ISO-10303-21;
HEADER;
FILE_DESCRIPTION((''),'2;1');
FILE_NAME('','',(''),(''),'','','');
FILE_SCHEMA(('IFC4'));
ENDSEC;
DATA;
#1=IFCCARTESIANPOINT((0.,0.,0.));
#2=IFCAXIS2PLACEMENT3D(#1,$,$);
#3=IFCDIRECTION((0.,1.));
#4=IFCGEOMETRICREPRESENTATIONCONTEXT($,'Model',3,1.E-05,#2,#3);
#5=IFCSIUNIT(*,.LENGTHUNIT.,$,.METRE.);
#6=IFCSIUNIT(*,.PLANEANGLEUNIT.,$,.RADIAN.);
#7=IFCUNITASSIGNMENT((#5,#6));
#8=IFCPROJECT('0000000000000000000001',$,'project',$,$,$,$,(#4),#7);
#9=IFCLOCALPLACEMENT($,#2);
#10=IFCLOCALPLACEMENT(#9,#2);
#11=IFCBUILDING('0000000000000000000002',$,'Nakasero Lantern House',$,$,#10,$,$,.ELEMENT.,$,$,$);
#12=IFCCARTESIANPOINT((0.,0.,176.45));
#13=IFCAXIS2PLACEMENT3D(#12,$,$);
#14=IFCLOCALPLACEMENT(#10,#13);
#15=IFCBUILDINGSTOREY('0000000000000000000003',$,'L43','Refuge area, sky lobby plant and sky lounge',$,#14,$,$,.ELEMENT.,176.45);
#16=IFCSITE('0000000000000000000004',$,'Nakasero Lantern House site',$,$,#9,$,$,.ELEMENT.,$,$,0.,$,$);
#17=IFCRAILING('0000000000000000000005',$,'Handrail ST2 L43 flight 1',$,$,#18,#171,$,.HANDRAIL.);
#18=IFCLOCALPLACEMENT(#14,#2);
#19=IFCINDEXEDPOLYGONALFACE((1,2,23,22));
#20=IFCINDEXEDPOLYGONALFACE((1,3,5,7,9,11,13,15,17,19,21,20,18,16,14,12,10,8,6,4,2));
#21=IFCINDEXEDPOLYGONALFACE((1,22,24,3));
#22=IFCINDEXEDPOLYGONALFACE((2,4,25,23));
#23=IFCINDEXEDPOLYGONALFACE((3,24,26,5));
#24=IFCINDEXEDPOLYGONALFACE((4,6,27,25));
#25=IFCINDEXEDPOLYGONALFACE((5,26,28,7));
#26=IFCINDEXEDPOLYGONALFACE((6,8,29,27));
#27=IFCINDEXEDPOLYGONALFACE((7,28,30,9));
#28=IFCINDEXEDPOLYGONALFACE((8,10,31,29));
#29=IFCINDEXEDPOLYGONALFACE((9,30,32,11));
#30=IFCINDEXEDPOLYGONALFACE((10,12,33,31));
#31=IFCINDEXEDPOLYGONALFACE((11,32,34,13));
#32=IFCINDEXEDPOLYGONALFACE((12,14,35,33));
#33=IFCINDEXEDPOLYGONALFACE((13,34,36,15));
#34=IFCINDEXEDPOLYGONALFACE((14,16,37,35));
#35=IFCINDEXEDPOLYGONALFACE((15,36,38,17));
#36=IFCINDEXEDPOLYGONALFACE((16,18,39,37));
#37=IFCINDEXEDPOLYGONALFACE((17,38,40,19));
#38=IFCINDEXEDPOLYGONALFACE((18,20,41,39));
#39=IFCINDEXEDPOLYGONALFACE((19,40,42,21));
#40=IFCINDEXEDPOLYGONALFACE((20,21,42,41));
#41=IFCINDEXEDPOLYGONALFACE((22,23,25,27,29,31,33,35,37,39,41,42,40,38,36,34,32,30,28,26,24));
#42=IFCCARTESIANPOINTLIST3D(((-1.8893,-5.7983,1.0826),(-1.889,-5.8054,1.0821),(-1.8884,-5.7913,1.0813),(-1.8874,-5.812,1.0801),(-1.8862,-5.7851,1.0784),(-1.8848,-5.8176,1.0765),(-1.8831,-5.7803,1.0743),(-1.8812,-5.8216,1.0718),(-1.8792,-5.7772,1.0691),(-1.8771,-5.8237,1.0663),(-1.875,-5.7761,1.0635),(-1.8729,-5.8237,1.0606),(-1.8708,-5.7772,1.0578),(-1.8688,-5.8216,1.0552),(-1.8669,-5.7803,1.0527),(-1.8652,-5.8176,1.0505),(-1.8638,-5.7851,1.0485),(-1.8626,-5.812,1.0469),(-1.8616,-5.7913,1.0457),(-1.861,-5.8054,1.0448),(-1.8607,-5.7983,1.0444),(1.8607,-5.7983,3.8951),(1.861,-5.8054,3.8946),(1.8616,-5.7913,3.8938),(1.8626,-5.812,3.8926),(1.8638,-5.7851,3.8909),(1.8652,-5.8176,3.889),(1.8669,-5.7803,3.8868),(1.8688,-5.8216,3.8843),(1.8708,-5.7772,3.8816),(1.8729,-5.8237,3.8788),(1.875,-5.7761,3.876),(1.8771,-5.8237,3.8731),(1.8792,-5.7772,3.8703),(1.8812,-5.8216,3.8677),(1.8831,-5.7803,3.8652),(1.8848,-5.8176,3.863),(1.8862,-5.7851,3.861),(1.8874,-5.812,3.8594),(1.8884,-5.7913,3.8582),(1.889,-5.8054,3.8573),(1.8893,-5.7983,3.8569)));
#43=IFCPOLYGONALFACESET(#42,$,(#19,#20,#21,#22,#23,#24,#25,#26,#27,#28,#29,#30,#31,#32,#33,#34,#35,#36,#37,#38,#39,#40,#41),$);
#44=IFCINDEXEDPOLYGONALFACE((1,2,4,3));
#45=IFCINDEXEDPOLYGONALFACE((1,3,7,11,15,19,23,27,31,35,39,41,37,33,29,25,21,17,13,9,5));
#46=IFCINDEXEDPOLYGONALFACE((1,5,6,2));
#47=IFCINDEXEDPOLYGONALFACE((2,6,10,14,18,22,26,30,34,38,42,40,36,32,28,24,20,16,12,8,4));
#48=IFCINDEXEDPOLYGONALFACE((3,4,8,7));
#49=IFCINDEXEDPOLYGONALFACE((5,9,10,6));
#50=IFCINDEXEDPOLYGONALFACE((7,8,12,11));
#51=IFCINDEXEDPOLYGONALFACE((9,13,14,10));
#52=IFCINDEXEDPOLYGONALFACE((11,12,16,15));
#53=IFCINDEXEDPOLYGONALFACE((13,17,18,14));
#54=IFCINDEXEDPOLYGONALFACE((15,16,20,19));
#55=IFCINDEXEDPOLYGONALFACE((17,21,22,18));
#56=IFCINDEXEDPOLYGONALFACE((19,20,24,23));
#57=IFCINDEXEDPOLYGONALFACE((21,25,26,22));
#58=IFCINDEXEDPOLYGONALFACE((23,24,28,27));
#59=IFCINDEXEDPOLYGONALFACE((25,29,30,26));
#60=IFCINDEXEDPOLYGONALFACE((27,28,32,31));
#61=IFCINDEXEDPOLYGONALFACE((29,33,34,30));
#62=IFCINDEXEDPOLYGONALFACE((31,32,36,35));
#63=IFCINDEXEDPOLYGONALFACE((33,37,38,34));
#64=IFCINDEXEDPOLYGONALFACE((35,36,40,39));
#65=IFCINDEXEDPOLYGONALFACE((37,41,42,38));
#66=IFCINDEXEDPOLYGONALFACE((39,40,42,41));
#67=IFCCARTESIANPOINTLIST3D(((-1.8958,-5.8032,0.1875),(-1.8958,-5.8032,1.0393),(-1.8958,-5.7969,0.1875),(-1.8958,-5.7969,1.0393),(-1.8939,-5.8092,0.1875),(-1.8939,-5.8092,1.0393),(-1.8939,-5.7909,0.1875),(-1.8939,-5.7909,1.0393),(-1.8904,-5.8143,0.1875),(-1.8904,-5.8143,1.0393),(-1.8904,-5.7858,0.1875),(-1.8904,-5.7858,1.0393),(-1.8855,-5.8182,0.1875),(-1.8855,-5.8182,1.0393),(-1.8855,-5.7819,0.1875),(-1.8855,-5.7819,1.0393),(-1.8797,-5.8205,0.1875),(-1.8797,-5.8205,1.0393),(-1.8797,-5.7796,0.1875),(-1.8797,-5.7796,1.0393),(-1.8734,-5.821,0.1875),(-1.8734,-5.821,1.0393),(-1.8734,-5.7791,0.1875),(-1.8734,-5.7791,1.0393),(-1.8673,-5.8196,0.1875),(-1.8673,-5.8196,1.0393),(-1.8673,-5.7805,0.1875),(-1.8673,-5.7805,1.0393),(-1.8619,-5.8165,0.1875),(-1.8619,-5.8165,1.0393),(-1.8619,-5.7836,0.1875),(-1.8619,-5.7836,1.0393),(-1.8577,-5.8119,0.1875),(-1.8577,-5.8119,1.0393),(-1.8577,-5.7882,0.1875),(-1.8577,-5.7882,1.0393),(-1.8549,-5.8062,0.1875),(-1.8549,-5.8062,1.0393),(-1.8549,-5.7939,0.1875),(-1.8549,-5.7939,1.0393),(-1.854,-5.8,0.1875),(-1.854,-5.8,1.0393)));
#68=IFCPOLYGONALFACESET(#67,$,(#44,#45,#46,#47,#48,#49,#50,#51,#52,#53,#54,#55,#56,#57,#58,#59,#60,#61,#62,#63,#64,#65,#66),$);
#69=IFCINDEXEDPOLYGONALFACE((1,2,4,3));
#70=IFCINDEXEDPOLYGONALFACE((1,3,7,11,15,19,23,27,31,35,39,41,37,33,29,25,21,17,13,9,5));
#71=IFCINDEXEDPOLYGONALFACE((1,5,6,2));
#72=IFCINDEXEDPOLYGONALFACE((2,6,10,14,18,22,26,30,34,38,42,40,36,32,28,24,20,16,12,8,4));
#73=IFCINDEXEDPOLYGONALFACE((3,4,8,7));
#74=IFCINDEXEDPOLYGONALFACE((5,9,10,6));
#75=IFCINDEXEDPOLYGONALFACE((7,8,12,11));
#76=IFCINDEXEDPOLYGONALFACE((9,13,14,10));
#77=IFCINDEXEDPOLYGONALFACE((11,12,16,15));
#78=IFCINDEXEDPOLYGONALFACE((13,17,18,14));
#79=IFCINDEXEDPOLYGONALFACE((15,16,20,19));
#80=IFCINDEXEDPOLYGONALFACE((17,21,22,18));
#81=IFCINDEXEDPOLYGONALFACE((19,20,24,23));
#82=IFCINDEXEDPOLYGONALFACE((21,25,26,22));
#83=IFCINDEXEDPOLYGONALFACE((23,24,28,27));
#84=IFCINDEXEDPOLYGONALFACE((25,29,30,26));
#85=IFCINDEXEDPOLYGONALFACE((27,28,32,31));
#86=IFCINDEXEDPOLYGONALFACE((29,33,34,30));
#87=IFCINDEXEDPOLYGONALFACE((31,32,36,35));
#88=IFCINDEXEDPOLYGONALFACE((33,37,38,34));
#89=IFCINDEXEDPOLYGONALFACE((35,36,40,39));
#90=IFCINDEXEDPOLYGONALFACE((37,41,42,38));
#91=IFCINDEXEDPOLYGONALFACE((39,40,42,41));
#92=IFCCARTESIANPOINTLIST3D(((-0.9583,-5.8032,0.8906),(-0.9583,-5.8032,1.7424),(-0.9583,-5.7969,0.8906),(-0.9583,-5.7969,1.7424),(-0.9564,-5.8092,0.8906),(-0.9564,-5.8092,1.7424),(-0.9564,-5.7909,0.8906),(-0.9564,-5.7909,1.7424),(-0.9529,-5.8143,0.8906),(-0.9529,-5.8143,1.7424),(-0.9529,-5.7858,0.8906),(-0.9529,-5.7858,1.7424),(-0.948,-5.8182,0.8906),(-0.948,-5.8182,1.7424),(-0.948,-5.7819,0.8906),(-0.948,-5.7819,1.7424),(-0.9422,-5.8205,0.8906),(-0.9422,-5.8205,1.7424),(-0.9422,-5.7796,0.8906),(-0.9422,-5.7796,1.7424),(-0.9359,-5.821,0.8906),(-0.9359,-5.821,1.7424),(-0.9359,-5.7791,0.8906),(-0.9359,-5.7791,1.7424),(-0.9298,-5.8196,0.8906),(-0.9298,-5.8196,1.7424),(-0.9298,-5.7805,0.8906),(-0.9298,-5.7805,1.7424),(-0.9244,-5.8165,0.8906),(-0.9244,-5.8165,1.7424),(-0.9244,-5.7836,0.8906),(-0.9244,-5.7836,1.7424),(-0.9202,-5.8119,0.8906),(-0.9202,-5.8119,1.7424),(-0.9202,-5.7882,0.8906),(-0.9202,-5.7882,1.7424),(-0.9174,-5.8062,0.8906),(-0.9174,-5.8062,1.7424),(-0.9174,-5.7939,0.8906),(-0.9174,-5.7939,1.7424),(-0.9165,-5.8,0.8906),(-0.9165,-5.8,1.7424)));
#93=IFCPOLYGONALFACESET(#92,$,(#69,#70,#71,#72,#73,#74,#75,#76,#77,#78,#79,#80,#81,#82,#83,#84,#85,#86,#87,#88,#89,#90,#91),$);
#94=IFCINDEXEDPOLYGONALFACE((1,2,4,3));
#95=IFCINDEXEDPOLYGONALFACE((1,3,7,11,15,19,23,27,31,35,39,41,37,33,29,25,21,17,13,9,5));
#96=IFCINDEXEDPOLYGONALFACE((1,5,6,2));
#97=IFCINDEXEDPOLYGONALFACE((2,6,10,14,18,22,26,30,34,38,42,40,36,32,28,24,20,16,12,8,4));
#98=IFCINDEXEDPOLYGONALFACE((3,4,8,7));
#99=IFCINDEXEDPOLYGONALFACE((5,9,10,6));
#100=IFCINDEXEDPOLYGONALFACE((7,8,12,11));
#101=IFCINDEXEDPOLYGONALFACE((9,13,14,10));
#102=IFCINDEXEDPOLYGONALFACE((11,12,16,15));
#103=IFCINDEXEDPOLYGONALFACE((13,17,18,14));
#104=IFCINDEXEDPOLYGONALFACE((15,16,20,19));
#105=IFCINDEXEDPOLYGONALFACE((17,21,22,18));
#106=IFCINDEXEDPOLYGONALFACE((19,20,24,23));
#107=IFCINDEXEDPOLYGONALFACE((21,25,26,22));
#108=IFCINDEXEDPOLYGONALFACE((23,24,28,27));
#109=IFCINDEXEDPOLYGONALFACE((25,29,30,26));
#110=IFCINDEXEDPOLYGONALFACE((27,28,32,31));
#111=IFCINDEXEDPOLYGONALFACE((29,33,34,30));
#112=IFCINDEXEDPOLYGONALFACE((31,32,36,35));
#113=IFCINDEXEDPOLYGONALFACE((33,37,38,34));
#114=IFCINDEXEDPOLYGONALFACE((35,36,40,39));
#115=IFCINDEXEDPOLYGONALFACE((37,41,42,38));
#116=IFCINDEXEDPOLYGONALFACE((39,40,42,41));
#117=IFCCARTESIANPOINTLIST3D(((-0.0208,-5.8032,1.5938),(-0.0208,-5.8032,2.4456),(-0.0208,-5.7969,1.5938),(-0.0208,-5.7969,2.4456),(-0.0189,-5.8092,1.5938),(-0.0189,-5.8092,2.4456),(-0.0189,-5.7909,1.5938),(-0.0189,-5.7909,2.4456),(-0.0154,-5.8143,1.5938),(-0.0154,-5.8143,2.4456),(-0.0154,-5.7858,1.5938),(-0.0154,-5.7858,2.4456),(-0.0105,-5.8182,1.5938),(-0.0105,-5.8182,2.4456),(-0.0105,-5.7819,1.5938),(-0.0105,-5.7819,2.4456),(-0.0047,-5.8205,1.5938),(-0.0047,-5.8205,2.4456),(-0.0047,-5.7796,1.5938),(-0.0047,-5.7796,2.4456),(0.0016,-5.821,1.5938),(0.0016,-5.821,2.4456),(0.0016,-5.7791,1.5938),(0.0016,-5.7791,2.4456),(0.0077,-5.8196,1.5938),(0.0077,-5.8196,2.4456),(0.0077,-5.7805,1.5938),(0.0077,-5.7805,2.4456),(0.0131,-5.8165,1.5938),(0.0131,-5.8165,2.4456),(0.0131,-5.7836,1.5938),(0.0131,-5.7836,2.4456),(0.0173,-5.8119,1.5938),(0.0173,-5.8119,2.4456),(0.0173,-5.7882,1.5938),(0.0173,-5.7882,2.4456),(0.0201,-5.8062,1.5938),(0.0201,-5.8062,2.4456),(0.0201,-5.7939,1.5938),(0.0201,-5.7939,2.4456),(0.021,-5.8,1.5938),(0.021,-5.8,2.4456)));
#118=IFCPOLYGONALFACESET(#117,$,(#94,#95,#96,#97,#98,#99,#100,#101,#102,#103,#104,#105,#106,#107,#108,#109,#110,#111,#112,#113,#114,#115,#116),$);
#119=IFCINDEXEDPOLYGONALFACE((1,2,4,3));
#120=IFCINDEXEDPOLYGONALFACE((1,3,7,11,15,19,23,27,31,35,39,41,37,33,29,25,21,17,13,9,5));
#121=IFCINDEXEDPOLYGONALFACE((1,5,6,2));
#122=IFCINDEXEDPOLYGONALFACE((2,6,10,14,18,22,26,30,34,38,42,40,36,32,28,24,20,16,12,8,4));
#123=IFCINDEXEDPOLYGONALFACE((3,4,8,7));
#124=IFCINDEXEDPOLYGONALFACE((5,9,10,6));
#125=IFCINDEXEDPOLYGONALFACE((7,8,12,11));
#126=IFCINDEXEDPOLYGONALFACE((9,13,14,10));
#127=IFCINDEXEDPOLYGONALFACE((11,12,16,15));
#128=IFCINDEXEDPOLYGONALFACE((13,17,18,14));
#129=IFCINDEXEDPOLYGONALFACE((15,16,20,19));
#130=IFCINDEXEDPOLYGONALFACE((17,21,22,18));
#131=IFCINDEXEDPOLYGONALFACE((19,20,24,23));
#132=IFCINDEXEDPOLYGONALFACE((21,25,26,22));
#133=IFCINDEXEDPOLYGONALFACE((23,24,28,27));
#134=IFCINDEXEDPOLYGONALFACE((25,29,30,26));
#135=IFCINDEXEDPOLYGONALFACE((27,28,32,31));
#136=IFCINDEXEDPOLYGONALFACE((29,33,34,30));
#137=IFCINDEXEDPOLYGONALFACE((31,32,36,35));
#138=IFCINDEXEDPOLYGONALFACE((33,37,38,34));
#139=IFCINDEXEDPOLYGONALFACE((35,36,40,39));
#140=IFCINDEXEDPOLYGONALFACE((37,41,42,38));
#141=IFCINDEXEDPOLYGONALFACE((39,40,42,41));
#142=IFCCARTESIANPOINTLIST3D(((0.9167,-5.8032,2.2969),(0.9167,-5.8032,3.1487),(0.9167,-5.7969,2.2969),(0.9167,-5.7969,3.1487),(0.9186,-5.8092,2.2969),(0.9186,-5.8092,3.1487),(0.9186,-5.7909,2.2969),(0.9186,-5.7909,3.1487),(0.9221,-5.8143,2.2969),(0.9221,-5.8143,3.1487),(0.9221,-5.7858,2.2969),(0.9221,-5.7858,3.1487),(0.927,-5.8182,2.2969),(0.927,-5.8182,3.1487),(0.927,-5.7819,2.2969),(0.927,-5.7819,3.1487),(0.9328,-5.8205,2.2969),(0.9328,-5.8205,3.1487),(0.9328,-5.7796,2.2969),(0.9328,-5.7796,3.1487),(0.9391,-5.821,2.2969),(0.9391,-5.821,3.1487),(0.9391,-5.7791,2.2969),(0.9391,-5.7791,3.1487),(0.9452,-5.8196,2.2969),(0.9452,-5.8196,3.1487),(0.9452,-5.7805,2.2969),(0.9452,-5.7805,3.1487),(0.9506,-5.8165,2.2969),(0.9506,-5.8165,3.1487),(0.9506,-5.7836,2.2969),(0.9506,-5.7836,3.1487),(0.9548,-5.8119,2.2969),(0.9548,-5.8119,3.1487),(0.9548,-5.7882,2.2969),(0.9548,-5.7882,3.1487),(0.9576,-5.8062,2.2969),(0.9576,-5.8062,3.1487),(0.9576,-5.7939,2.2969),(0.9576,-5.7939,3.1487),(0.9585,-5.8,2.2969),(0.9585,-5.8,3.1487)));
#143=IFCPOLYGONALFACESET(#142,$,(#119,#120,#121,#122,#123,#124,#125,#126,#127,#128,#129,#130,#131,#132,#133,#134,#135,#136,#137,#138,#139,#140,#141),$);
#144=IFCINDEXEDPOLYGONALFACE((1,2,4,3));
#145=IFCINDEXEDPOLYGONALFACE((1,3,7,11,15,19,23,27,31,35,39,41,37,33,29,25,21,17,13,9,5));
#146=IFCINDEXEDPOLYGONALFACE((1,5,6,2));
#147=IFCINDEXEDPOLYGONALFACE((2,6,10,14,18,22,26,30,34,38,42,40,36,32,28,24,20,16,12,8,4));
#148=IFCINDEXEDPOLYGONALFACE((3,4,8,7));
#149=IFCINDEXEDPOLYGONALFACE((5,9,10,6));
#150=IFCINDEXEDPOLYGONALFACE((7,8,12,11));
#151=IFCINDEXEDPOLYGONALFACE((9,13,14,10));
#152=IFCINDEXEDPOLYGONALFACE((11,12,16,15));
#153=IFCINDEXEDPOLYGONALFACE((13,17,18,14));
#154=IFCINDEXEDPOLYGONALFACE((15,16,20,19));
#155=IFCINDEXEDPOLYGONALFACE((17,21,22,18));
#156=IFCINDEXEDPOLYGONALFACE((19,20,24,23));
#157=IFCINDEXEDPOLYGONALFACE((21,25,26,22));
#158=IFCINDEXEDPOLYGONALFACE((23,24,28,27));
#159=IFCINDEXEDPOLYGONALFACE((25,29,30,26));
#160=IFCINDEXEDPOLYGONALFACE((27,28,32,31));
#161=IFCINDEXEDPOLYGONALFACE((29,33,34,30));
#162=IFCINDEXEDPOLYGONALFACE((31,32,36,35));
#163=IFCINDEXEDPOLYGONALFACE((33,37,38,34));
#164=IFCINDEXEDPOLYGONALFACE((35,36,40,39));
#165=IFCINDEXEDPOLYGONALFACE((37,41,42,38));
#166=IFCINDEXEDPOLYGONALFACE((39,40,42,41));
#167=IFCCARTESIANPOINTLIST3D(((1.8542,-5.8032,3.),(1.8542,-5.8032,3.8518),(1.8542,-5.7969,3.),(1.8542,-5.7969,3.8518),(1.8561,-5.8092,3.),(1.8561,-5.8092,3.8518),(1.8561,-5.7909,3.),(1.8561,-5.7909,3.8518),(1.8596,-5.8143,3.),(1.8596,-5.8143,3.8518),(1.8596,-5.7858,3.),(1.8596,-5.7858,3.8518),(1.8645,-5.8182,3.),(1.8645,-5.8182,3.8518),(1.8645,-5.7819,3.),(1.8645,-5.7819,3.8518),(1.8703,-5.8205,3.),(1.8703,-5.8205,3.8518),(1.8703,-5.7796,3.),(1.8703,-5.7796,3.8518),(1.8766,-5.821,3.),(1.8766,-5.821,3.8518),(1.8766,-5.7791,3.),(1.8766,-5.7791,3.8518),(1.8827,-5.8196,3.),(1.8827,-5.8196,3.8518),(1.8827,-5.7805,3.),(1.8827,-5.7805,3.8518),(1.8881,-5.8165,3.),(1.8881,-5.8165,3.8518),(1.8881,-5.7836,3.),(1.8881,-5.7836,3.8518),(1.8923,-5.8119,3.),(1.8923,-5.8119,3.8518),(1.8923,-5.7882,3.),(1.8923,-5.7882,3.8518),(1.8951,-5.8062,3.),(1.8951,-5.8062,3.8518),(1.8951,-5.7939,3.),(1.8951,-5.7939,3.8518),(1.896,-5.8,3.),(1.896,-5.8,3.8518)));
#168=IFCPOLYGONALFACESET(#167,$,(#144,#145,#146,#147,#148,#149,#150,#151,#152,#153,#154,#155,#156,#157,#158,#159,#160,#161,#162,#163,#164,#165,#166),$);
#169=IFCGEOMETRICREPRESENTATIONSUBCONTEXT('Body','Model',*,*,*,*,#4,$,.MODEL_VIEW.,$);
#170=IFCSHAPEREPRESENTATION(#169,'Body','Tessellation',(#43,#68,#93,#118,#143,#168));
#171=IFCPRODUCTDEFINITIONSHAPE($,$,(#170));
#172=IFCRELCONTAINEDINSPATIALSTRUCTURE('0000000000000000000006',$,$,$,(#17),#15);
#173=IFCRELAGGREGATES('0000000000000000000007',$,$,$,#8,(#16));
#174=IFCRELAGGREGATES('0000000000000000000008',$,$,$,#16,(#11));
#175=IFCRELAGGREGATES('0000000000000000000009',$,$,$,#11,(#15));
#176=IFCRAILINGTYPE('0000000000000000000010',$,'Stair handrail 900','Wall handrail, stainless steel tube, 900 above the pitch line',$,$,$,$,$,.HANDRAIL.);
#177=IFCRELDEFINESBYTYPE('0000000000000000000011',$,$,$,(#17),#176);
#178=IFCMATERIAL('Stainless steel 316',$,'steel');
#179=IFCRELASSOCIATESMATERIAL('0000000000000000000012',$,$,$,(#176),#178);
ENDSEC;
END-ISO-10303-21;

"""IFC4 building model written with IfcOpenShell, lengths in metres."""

from ifc_helpers import new_model, si_unit, direction, frame, origin, origin_2d, place, context, subcontext, project, spatial, circle, extrude, material, type_object, element, save


model = new_model("IFC4")

# Units and contexts
model_context = context("Model", 3, precision=1e-05, world=origin(), true_north=direction((0.0, 1.0)))
body_context = subcontext(model_context, "Body", "Model", "MODEL_VIEW")
ifc_project = project(units=[si_unit("LENGTHUNIT", "METRE"), si_unit("PLANEANGLEUNIT", "RADIAN")], contexts=[model_context])

# Site, building, storey
site_placement = place(None, origin())
site = spatial("IfcSite", under=ifc_project, at=site_placement, Name="Nakasero Lantern House site", CompositionType="ELEMENT", RefElevation=0.0)
building_placement = place(site_placement, origin())
building = spatial("IfcBuilding", under=site, at=building_placement, Name="Nakasero Lantern House", CompositionType="ELEMENT")
storey_placement = place(building_placement, frame((0.0, 0.0, 176.45)))
storey = spatial("IfcBuildingStorey", under=building, at=storey_placement, Name="L43", Description="Refuge area, sky lobby plant and sky lounge", CompositionType="ELEMENT", Elevation=176.45)

# Railing
ifc_material_1 = material(Name="Stainless steel 316", Category="steel")
railing_type = type_object("IfcRailingType", Name="Stair handrail 900", Description="Wall handrail, stainless steel tube, 900 above the pitch line", PredefinedType="HANDRAIL", material=ifc_material_1)
railing_placement = place(storey_placement, frame((-1.875, -5.8, 0.1875)))
element("IfcRailing", 1, at=railing_placement, inside=storey, type_object=railing_type, Name="Handrail ST2 L43 flight 1", PredefinedType="HANDRAIL", context=body_context, shape_type="SweptSolid", body=[
    extrude(circle(Radius=0.0239, at=origin_2d()), frame((0.0, 0.0, 0.876), z_axis=(0.8, 0.0, 0.6), x_axis=(0.0, 1.0, 0.0)), (0.0, 0.0, 1.0), 4.6875),
    extrude(circle(Radius=0.021, at=origin_2d()), origin(), (0.0, 0.0, 1.0), 0.8518),
    extrude(circle(Radius=0.021, at=origin_2d()), frame((0.9375, 0.0, 0.7031)), (0.0, 0.0, 1.0), 0.8518),
    extrude(circle(Radius=0.021, at=origin_2d()), frame((1.875, 0.0, 1.4062)), (0.0, 0.0, 1.0), 0.8518),
    extrude(circle(Radius=0.021, at=origin_2d()), frame((2.8125, 0.0, 2.1094)), (0.0, 0.0, 1.0), 0.8518),
    extrude(circle(Radius=0.021, at=origin_2d()), frame((3.75, 0.0, 2.8125)), (0.0, 0.0, 1.0), 0.8518),
])

save(model, "model.ifc")
